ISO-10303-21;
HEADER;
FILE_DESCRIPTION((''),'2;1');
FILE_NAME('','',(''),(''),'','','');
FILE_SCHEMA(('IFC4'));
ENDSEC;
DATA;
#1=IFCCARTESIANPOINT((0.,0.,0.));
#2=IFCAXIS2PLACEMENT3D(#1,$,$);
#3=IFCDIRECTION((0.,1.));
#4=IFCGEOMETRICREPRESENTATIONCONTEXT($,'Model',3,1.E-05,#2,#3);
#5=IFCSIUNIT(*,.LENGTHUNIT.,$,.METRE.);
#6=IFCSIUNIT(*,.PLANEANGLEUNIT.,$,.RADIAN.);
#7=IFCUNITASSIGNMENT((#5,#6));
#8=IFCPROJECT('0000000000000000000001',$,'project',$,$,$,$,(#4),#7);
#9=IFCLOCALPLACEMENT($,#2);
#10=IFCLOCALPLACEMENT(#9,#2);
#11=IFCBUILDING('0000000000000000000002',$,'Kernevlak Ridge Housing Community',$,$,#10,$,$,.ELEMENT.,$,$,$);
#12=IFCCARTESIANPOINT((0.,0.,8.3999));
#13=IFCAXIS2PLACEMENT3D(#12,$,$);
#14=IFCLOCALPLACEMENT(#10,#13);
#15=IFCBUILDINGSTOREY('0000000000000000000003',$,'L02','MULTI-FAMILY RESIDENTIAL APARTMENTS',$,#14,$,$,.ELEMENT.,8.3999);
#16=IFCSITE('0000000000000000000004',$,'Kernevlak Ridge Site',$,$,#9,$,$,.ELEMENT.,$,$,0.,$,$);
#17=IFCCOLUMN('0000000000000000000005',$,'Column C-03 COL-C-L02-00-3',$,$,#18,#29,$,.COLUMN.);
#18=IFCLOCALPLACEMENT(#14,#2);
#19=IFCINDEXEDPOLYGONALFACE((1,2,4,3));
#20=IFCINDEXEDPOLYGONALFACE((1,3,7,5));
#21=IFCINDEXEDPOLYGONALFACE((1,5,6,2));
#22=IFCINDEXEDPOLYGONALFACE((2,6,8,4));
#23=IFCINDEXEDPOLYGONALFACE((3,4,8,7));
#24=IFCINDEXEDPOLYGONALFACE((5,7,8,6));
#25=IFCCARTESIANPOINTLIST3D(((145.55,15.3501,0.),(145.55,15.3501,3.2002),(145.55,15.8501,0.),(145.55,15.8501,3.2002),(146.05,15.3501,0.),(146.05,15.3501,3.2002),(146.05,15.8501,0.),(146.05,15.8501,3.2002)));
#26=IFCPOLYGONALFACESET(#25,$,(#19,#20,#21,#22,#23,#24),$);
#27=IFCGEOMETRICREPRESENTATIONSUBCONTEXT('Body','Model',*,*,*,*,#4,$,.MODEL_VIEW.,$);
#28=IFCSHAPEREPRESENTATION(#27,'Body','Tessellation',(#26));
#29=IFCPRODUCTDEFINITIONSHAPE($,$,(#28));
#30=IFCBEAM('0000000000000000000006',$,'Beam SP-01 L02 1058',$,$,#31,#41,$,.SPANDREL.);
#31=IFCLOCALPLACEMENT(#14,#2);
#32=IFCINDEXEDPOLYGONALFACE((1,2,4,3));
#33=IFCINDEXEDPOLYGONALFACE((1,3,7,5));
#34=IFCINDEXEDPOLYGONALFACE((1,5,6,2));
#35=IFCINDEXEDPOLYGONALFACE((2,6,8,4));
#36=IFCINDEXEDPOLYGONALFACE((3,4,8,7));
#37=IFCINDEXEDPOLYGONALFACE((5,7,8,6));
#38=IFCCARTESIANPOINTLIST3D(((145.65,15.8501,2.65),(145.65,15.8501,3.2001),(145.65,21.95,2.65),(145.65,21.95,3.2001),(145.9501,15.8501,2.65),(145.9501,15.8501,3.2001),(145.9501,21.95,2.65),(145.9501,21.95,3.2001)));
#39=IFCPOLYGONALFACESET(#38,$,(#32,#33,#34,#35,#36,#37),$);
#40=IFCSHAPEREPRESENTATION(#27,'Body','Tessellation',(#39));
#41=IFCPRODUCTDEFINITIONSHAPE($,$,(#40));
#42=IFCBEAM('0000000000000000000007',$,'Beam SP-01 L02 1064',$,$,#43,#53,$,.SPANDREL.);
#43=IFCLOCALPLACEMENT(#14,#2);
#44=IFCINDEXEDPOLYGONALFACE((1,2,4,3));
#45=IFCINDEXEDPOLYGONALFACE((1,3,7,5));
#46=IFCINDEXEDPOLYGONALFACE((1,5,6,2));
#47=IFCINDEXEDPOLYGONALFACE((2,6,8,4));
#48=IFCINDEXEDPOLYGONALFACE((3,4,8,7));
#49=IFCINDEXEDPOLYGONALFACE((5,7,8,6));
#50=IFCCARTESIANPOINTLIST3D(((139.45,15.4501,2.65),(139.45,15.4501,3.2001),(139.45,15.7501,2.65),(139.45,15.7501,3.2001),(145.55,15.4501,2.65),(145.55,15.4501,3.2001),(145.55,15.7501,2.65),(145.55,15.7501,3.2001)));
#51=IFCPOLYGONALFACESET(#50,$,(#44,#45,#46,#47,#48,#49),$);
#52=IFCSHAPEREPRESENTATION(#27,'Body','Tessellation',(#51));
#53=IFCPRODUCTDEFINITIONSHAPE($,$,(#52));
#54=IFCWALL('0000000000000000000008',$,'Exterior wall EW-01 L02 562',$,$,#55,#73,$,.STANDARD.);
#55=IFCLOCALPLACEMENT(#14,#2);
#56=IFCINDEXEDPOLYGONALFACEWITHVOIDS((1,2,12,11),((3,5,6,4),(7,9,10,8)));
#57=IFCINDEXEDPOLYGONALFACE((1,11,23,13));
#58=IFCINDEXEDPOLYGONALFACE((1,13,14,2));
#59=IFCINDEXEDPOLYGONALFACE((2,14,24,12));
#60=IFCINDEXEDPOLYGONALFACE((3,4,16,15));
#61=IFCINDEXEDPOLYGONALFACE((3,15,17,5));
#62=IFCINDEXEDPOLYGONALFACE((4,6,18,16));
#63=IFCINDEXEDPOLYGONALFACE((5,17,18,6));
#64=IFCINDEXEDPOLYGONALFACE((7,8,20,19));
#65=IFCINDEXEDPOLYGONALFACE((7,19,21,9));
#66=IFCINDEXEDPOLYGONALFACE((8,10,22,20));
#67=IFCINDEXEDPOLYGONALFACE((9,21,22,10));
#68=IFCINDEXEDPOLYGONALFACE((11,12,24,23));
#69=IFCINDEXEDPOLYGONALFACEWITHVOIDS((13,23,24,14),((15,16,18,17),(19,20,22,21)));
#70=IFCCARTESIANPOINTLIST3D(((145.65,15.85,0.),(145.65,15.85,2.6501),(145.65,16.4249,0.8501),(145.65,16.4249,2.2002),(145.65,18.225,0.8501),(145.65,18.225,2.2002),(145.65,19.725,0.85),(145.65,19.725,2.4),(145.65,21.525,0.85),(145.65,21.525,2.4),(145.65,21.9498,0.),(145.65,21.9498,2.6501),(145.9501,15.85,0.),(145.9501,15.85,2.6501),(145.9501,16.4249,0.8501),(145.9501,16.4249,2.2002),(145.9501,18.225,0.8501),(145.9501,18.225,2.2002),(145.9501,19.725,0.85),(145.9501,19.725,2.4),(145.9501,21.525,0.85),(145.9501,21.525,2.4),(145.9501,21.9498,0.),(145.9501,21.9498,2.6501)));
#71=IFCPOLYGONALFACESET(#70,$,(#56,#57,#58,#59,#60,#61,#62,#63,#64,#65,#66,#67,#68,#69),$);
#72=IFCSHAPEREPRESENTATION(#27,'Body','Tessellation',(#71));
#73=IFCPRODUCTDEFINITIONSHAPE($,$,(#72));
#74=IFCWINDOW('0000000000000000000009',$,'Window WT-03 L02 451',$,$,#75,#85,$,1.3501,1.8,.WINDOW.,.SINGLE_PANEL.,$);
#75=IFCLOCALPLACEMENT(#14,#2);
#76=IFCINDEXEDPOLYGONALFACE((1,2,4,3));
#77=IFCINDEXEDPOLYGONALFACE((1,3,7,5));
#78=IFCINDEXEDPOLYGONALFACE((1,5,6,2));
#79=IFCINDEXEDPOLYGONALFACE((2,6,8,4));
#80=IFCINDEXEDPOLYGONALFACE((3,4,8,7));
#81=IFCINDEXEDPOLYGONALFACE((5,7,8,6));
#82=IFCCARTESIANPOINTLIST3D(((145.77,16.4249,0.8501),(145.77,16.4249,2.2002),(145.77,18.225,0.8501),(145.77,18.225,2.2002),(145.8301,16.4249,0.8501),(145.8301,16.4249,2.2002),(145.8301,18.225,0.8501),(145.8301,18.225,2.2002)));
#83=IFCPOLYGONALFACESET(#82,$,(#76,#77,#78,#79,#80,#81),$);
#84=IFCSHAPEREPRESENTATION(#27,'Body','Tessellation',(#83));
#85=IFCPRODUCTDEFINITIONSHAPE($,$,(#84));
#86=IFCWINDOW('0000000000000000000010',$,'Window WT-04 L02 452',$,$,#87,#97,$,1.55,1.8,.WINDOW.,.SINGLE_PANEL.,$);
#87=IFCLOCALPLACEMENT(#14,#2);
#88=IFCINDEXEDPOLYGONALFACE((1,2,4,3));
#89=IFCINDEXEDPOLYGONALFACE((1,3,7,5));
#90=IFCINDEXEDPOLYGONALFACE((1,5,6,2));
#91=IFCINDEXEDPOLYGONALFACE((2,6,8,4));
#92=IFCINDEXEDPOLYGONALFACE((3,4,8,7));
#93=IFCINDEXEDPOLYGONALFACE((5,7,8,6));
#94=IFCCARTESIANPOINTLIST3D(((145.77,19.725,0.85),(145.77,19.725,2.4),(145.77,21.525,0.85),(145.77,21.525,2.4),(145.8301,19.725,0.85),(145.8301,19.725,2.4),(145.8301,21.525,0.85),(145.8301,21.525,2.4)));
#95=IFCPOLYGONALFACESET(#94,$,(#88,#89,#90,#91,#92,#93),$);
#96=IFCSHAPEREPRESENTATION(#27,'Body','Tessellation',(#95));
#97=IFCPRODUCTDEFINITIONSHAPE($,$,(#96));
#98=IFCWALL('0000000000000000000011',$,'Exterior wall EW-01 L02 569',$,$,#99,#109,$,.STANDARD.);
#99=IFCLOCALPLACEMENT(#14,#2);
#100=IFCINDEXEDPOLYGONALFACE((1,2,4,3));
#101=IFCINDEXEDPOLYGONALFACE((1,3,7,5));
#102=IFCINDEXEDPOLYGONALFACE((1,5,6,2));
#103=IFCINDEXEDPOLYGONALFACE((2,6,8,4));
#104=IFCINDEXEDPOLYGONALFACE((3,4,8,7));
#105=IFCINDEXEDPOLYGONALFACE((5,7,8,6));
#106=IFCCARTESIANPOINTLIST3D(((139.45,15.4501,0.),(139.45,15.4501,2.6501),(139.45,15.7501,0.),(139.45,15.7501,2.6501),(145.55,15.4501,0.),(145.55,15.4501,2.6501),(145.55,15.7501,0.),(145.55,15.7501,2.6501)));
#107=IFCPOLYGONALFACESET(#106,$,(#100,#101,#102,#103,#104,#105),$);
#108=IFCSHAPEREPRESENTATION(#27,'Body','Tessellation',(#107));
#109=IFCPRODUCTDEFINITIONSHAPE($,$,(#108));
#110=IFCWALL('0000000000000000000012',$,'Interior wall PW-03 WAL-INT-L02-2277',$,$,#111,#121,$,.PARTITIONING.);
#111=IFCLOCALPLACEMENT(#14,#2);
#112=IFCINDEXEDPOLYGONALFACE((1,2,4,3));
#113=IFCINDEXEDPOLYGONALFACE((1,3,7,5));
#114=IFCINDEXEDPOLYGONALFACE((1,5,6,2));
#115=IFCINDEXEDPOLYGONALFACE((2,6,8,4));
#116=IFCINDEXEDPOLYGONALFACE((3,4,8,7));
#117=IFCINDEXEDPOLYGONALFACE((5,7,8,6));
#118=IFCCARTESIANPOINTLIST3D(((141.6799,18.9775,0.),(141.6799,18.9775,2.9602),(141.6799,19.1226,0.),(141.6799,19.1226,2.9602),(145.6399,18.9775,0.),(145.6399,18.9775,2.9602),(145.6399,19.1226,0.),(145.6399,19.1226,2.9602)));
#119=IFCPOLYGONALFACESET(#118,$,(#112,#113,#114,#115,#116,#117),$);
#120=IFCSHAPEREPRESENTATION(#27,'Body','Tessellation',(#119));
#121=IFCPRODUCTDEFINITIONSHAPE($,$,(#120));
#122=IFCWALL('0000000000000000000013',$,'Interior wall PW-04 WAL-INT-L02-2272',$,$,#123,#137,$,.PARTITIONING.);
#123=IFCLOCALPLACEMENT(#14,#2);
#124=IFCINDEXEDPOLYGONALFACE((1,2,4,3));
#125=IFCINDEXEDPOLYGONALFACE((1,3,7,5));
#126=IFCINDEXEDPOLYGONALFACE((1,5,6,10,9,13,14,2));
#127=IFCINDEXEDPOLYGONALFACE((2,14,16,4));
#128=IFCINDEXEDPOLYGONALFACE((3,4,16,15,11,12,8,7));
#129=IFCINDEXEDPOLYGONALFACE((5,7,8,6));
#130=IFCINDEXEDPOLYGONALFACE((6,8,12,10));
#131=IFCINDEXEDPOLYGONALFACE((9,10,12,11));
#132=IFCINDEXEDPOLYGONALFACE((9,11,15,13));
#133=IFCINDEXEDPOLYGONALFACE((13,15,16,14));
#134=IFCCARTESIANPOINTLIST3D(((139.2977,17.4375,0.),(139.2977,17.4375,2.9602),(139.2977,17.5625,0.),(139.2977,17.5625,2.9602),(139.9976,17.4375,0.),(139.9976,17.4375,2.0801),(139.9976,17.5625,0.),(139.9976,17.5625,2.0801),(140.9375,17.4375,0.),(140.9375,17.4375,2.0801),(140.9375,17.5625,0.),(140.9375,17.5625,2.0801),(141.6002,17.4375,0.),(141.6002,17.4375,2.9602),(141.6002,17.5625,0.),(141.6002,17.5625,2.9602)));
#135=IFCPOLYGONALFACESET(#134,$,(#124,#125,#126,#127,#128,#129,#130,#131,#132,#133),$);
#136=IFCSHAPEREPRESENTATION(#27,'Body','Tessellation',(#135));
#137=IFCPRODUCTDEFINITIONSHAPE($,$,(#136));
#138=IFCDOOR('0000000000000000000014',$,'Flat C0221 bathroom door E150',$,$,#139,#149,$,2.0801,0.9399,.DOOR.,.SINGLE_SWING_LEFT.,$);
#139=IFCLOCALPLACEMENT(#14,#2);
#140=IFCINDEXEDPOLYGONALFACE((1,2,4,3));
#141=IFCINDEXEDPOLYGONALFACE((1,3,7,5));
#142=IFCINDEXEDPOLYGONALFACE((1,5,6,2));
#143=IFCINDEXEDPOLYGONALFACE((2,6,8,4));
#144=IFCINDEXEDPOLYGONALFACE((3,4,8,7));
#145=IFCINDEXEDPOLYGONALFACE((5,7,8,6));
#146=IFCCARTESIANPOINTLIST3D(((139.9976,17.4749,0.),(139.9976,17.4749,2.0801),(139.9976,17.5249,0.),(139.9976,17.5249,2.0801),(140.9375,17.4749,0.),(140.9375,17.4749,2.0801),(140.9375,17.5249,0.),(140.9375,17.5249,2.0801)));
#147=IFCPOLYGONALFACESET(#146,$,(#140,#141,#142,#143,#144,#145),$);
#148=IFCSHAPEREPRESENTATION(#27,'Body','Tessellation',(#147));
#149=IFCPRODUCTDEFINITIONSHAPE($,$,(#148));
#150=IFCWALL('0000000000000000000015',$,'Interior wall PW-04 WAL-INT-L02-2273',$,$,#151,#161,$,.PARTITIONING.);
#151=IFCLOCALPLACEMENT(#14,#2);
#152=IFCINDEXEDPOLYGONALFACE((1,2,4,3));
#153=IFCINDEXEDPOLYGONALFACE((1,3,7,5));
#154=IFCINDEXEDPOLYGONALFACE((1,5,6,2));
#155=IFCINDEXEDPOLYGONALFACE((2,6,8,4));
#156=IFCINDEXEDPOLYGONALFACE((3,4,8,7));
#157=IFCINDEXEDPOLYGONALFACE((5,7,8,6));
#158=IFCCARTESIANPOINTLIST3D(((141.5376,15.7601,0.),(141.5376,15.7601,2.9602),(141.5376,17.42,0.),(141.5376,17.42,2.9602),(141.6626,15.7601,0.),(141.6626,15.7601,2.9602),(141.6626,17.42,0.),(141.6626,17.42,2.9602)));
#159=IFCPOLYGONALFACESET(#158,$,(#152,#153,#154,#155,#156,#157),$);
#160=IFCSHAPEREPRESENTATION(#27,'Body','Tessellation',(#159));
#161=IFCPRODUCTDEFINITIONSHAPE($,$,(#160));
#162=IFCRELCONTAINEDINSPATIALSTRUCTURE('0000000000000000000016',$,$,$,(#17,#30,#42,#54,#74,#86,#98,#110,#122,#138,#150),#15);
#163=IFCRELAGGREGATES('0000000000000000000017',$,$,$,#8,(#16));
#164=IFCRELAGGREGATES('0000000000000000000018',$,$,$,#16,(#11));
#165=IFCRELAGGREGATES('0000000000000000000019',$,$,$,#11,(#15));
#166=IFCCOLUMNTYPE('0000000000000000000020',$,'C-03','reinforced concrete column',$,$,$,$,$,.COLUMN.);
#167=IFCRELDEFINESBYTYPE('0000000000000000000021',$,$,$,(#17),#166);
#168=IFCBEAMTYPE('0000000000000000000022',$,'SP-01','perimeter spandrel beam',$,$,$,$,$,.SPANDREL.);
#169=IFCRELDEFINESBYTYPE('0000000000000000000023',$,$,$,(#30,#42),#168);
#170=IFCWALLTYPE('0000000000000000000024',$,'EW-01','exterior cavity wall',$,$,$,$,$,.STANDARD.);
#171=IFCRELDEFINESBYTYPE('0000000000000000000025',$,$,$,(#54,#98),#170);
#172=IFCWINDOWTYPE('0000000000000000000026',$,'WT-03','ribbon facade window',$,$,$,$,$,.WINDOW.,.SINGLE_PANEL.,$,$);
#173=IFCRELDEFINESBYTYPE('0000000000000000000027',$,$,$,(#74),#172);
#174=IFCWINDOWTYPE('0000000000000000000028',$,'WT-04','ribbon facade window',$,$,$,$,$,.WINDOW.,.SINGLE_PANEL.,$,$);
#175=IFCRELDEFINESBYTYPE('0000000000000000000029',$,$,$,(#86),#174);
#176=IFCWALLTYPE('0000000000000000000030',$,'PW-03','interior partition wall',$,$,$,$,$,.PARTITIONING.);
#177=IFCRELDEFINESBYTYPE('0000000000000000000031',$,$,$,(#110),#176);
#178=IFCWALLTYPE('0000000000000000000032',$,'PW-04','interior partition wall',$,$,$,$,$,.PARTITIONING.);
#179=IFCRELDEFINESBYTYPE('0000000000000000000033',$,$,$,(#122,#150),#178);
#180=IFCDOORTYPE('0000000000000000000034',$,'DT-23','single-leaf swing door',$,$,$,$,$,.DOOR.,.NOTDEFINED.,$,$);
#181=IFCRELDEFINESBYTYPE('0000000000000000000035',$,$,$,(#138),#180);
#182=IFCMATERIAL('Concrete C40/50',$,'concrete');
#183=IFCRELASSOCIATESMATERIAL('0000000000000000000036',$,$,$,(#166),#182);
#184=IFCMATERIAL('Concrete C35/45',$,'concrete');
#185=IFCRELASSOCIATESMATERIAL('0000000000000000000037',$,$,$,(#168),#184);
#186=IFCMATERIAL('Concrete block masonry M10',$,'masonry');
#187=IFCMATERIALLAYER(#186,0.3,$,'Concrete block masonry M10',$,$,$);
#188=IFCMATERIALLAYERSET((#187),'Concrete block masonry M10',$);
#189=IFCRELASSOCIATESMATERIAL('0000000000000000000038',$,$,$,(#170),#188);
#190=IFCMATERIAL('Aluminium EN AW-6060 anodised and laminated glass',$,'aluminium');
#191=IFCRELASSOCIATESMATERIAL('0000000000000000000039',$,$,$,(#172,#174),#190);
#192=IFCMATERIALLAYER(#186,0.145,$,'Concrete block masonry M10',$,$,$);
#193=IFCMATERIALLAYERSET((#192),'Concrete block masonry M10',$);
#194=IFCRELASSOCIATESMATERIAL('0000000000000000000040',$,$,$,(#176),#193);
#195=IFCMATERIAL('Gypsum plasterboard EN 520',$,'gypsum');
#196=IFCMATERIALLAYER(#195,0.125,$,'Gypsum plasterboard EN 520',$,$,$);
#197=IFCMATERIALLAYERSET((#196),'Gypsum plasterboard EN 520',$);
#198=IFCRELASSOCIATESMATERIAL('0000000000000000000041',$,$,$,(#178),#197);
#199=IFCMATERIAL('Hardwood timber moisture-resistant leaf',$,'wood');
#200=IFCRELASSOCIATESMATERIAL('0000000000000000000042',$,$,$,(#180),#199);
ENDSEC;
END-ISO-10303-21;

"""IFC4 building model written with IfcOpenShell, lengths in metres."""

from ifc_helpers import new_model, si_unit, direction, frame, frame_2d, origin, origin_2d, place, context, subcontext, project, spatial, rectangle, extrude, material, layer, layer_set, material_profile, profile_set, type_object, element, fill, save


model = new_model("IFC4")

# Units and contexts
model_context = context("Model", 3, precision=1e-05, world=origin(), true_north=direction((0.0, 1.0)))
body_context = subcontext(model_context, "Body", "Model", "MODEL_VIEW")
ifc_project = project(units=[si_unit("LENGTHUNIT", "METRE"), si_unit("PLANEANGLEUNIT", "RADIAN")], contexts=[model_context])

# Site, building, storey
site_placement = place(None, origin())
site = spatial("IfcSite", under=ifc_project, at=site_placement, Name="Kernevlak Ridge Site", CompositionType="ELEMENT", RefElevation=0.0)
building_placement = place(site_placement, origin())
building = spatial("IfcBuilding", under=site, at=building_placement, Name="Kernevlak Ridge Housing Community", CompositionType="ELEMENT")
storey_placement = place(building_placement, frame((0.0, 0.0, 8.3999)))
storey = spatial("IfcBuildingStorey", under=building, at=storey_placement, Name="L02", Description="MULTI-FAMILY RESIDENTIAL APARTMENTS", CompositionType="ELEMENT", Elevation=8.3999)

# Column
ifc_material_1 = material(Name="Concrete C40/50", Category="concrete")
ifc_material_profile_1 = material_profile(ifc_material_1, rectangle(XDim=0.5, YDim=0.5, at=origin_2d()), Name="RC 500x500")
ifc_profile_set_1 = profile_set([ifc_material_profile_1], Name="Concrete C40/50")
column_type = type_object("IfcColumnType", Name="C-03", Description="reinforced concrete column", PredefinedType="COLUMN", material=ifc_profile_set_1)
column_placement = place(storey_placement, frame((145.8, 15.6001, 0.0), z_axis=(0.0, 0.0, 1.0), x_axis=(1.0, 0.0, 0.0)))
element("IfcColumn", 1, at=column_placement, inside=storey, type_object=column_type, Name="Column C-03 COL-C-L02-00-3", PredefinedType="COLUMN", context=body_context, shape_type="SweptSolid", body=[
    extrude(rectangle(XDim=0.5, YDim=0.5, at=origin_2d()), origin(), (0.0, 0.0, 1.0), 3.2002),
])

# Beams
ifc_material_2 = material(Name="Concrete C35/45", Category="concrete")
ifc_material_profile_2 = material_profile(ifc_material_2, rectangle(XDim=0.3, YDim=0.55, at=origin_2d()), Name="RC 300x550")
ifc_profile_set_2 = profile_set([ifc_material_profile_2], Name="Concrete C35/45")
beam_type = type_object("IfcBeamType", Name="SP-01", Description="perimeter spandrel beam", PredefinedType="SPANDREL", material=ifc_profile_set_2)
beam_1_placement = place(storey_placement, frame((145.8, 15.8501, 2.925), z_axis=(0.0, 1.0, 0.0), x_axis=(-1.0, 0.0, 0.0)))
element("IfcBeam", 2, at=beam_1_placement, inside=storey, type_object=beam_type, Name="Beam SP-01 L02 1058", PredefinedType="SPANDREL", context=body_context, shape_type="SweptSolid", body=[
    extrude(rectangle(XDim=0.3, YDim=0.55, at=origin_2d()), origin(), (0.0, 0.0, 1.0), 6.0999),
])
beam_2_placement = place(storey_placement, frame((139.45, 15.6001, 2.925), z_axis=(1.0, 0.0, 0.0), x_axis=(0.0, 1.0, 0.0)))
element("IfcBeam", 3, at=beam_2_placement, inside=storey, type_object=beam_type, Name="Beam SP-01 L02 1064", PredefinedType="SPANDREL", context=body_context, shape_type="SweptSolid", body=[
    extrude(rectangle(XDim=0.3, YDim=0.55, at=origin_2d()), origin(), (0.0, 0.0, 1.0), 6.1001),
])

# Wall, openings, windows
ifc_material_3 = material(Name="Concrete block masonry M10", Category="masonry")
ifc_layer_1 = layer(ifc_material_3, 0.3, Name="Concrete block masonry M10")
ifc_layer_set_1 = layer_set([ifc_layer_1], Name="Concrete block masonry M10")
wall_type_1 = type_object("IfcWallType", Name="EW-01", Description="exterior cavity wall", PredefinedType="STANDARD", material=ifc_layer_set_1)
wall_1_placement = place(storey_placement, frame((145.8, 15.8501, 0.0), z_axis=(0.0, 0.0, 1.0), x_axis=(0.0, 1.0, 0.0)))
wall_1 = element("IfcWall", 4, at=wall_1_placement, inside=storey, type_object=wall_type_1, Name="Exterior wall EW-01 L02 562", PredefinedType="STANDARD", context=body_context, shape_type="SweptSolid", body=[
    extrude(rectangle(XDim=6.0999, YDim=0.3, at=frame_2d((3.0498, 0.0))), origin(), (0.0, 0.0, 1.0), 2.6501),
])
opening_1_placement = place(wall_1_placement, frame((0.575, 0.0, 0.8501)))
opening_1 = element("IfcOpeningElement", 5, at=opening_1_placement, cuts=wall_1, PredefinedType="OPENING", context=body_context, shape_type="SweptSolid", body=[
    extrude(rectangle(XDim=1.8, YDim=1.3501, at=frame_2d((0.8999, 0.675))), frame((0.0, 0.1599, 0.0), z_axis=(0.0, -1.0, 0.0), x_axis=(1.0, 0.0, 0.0)), (0.0, 0.0, 1.0), 0.3201),
])
opening_2_placement = place(wall_1_placement, frame((3.875, 0.0, 0.8501)))
opening_2 = element("IfcOpeningElement", 6, at=opening_2_placement, cuts=wall_1, PredefinedType="OPENING", context=body_context, shape_type="SweptSolid", body=[
    extrude(rectangle(XDim=1.8, YDim=1.55, at=frame_2d((0.8999, 0.7749))), frame((0.0, 0.1599, 0.0), z_axis=(0.0, -1.0, 0.0), x_axis=(1.0, 0.0, 0.0)), (0.0, 0.0, 1.0), 0.3201),
])
ifc_material_4 = material(Name="Aluminium EN AW-6060 anodised and laminated glass", Category="aluminium")
window_type_1 = type_object("IfcWindowType", Name="WT-03", Description="ribbon facade window", PartitioningType="SINGLE_PANEL", PredefinedType="WINDOW", material=ifc_material_4)
window_1_placement = place(opening_1_placement, origin())
window_1 = element("IfcWindow", 7, at=window_1_placement, inside=storey, type_object=window_type_1, Name="Window WT-03 L02 451", OverallHeight=1.3501, OverallWidth=1.8, PartitioningType="SINGLE_PANEL", PredefinedType="WINDOW", context=body_context, shape_type="SweptSolid", body=[
    extrude(rectangle(XDim=1.8, YDim=1.3501, at=frame_2d((0.8999, 0.675))), frame((0.0, 0.03, 0.0), z_axis=(0.0, -1.0, 0.0), x_axis=(1.0, 0.0, 0.0)), (0.0, 0.0, 1.0), 0.0601),
])
fill(opening_1, window_1)
window_type_2 = type_object("IfcWindowType", Name="WT-04", Description="ribbon facade window", PartitioningType="SINGLE_PANEL", PredefinedType="WINDOW", material=ifc_material_4)
window_2_placement = place(opening_2_placement, origin())
window_2 = element("IfcWindow", 8, at=window_2_placement, inside=storey, type_object=window_type_2, Name="Window WT-04 L02 452", OverallHeight=1.55, OverallWidth=1.8, PartitioningType="SINGLE_PANEL", PredefinedType="WINDOW", context=body_context, shape_type="SweptSolid", body=[
    extrude(rectangle(XDim=1.8, YDim=1.55, at=frame_2d((0.8999, 0.7749))), frame((0.0, 0.03, 0.0), z_axis=(0.0, -1.0, 0.0), x_axis=(1.0, 0.0, 0.0)), (0.0, 0.0, 1.0), 0.0601),
])
fill(opening_2, window_2)

# Walls
wall_2_placement = place(storey_placement, frame((139.45, 15.6001, 0.0), z_axis=(0.0, 0.0, 1.0), x_axis=(1.0, 0.0, 0.0)))
element("IfcWall", 9, at=wall_2_placement, inside=storey, type_object=wall_type_1, Name="Exterior wall EW-01 L02 569", PredefinedType="STANDARD", context=body_context, shape_type="SweptSolid", body=[
    extrude(rectangle(XDim=6.1001, YDim=0.3, at=frame_2d((3.05, 0.0))), origin(), (0.0, 0.0, 1.0), 2.6501),
])
ifc_layer_2 = layer(ifc_material_3, 0.145, Name="Concrete block masonry M10")
ifc_layer_set_2 = layer_set([ifc_layer_2], Name="Concrete block masonry M10")
wall_type_2 = type_object("IfcWallType", Name="PW-03", Description="interior partition wall", PredefinedType="PARTITIONING", material=ifc_layer_set_2)
wall_3_placement = place(storey_placement, frame((141.6799, 19.05, 0.0), z_axis=(0.0, 0.0, 1.0), x_axis=(1.0, 0.0, 0.0)))
element("IfcWall", 10, at=wall_3_placement, inside=storey, type_object=wall_type_2, Name="Interior wall PW-03 WAL-INT-L02-2277", PredefinedType="PARTITIONING", context=body_context, shape_type="SweptSolid", body=[
    extrude(rectangle(XDim=3.96, YDim=0.145, at=frame_2d((1.98, 0.0))), origin(), (0.0, 0.0, 1.0), 2.9602),
])

# Wall, opening, door
ifc_material_5 = material(Name="Gypsum plasterboard EN 520", Category="gypsum")
ifc_layer_3 = layer(ifc_material_5, 0.125, Name="Gypsum plasterboard EN 520")
ifc_layer_set_3 = layer_set([ifc_layer_3], Name="Gypsum plasterboard EN 520")
wall_type_3 = type_object("IfcWallType", Name="PW-04", Description="interior partition wall", PredefinedType="PARTITIONING", material=ifc_layer_set_3)
wall_4_placement = place(storey_placement, frame((139.2976, 17.5, 0.0), z_axis=(0.0, 0.0, 1.0), x_axis=(1.0, 0.0, 0.0)))
wall_4 = element("IfcWall", 11, at=wall_4_placement, inside=storey, type_object=wall_type_3, Name="Interior wall PW-04 WAL-INT-L02-2272", PredefinedType="PARTITIONING", context=body_context, shape_type="SweptSolid", body=[
    extrude(rectangle(XDim=2.3025, YDim=0.125, at=frame_2d((1.1514, 0.0))), origin(), (0.0, 0.0, 1.0), 2.9602),
])
opening_3_placement = place(wall_4_placement, frame((0.7, 0.0, 0.0)))
opening_3 = element("IfcOpeningElement", 12, at=opening_3_placement, cuts=wall_4, PredefinedType="OPENING", context=body_context, shape_type="SweptSolid", body=[
    extrude(rectangle(XDim=0.9399, YDim=2.0801, at=frame_2d((0.47, 1.04))), frame((0.0, 0.0725, 0.0), z_axis=(0.0, -1.0, 0.0), x_axis=(1.0, 0.0, 0.0)), (0.0, 0.0, 1.0), 0.145),
])
ifc_material_6 = material(Name="Hardwood timber moisture-resistant leaf", Category="wood")
door_type_1 = type_object("IfcDoorType", Name="DT-23", Description="single-leaf swing door", OperationType="NOTDEFINED", PredefinedType="DOOR", material=ifc_material_6)
door_1_placement = place(opening_3_placement, origin())
door_1 = element("IfcDoor", 13, at=door_1_placement, inside=storey, type_object=door_type_1, Name="Flat C0221 bathroom door E150", OperationType="SINGLE_SWING_LEFT", OverallHeight=2.0801, OverallWidth=0.9399, PredefinedType="DOOR", context=body_context, shape_type="SweptSolid", body=[
    extrude(rectangle(XDim=0.9399, YDim=2.0801, at=frame_2d((0.47, 1.04))), frame((0.0, 0.0249, 0.0), z_axis=(0.0, -1.0, 0.0), x_axis=(1.0, 0.0, 0.0)), (0.0, 0.0, 1.0), 0.05),
])
fill(opening_3, door_1)

# Wall
wall_5_placement = place(storey_placement, frame((141.6001, 15.76, 0.0), z_axis=(0.0, 0.0, 1.0), x_axis=(0.0, 1.0, 0.0)))
element("IfcWall", 14, at=wall_5_placement, inside=storey, type_object=wall_type_3, Name="Interior wall PW-04 WAL-INT-L02-2273", PredefinedType="PARTITIONING", context=body_context, shape_type="SweptSolid", body=[
    extrude(rectangle(XDim=1.6599, YDim=0.125, at=frame_2d((0.8301, 0.0))), origin(), (0.0, 0.0, 1.0), 2.9602),
])

save(model, "model.ifc")
